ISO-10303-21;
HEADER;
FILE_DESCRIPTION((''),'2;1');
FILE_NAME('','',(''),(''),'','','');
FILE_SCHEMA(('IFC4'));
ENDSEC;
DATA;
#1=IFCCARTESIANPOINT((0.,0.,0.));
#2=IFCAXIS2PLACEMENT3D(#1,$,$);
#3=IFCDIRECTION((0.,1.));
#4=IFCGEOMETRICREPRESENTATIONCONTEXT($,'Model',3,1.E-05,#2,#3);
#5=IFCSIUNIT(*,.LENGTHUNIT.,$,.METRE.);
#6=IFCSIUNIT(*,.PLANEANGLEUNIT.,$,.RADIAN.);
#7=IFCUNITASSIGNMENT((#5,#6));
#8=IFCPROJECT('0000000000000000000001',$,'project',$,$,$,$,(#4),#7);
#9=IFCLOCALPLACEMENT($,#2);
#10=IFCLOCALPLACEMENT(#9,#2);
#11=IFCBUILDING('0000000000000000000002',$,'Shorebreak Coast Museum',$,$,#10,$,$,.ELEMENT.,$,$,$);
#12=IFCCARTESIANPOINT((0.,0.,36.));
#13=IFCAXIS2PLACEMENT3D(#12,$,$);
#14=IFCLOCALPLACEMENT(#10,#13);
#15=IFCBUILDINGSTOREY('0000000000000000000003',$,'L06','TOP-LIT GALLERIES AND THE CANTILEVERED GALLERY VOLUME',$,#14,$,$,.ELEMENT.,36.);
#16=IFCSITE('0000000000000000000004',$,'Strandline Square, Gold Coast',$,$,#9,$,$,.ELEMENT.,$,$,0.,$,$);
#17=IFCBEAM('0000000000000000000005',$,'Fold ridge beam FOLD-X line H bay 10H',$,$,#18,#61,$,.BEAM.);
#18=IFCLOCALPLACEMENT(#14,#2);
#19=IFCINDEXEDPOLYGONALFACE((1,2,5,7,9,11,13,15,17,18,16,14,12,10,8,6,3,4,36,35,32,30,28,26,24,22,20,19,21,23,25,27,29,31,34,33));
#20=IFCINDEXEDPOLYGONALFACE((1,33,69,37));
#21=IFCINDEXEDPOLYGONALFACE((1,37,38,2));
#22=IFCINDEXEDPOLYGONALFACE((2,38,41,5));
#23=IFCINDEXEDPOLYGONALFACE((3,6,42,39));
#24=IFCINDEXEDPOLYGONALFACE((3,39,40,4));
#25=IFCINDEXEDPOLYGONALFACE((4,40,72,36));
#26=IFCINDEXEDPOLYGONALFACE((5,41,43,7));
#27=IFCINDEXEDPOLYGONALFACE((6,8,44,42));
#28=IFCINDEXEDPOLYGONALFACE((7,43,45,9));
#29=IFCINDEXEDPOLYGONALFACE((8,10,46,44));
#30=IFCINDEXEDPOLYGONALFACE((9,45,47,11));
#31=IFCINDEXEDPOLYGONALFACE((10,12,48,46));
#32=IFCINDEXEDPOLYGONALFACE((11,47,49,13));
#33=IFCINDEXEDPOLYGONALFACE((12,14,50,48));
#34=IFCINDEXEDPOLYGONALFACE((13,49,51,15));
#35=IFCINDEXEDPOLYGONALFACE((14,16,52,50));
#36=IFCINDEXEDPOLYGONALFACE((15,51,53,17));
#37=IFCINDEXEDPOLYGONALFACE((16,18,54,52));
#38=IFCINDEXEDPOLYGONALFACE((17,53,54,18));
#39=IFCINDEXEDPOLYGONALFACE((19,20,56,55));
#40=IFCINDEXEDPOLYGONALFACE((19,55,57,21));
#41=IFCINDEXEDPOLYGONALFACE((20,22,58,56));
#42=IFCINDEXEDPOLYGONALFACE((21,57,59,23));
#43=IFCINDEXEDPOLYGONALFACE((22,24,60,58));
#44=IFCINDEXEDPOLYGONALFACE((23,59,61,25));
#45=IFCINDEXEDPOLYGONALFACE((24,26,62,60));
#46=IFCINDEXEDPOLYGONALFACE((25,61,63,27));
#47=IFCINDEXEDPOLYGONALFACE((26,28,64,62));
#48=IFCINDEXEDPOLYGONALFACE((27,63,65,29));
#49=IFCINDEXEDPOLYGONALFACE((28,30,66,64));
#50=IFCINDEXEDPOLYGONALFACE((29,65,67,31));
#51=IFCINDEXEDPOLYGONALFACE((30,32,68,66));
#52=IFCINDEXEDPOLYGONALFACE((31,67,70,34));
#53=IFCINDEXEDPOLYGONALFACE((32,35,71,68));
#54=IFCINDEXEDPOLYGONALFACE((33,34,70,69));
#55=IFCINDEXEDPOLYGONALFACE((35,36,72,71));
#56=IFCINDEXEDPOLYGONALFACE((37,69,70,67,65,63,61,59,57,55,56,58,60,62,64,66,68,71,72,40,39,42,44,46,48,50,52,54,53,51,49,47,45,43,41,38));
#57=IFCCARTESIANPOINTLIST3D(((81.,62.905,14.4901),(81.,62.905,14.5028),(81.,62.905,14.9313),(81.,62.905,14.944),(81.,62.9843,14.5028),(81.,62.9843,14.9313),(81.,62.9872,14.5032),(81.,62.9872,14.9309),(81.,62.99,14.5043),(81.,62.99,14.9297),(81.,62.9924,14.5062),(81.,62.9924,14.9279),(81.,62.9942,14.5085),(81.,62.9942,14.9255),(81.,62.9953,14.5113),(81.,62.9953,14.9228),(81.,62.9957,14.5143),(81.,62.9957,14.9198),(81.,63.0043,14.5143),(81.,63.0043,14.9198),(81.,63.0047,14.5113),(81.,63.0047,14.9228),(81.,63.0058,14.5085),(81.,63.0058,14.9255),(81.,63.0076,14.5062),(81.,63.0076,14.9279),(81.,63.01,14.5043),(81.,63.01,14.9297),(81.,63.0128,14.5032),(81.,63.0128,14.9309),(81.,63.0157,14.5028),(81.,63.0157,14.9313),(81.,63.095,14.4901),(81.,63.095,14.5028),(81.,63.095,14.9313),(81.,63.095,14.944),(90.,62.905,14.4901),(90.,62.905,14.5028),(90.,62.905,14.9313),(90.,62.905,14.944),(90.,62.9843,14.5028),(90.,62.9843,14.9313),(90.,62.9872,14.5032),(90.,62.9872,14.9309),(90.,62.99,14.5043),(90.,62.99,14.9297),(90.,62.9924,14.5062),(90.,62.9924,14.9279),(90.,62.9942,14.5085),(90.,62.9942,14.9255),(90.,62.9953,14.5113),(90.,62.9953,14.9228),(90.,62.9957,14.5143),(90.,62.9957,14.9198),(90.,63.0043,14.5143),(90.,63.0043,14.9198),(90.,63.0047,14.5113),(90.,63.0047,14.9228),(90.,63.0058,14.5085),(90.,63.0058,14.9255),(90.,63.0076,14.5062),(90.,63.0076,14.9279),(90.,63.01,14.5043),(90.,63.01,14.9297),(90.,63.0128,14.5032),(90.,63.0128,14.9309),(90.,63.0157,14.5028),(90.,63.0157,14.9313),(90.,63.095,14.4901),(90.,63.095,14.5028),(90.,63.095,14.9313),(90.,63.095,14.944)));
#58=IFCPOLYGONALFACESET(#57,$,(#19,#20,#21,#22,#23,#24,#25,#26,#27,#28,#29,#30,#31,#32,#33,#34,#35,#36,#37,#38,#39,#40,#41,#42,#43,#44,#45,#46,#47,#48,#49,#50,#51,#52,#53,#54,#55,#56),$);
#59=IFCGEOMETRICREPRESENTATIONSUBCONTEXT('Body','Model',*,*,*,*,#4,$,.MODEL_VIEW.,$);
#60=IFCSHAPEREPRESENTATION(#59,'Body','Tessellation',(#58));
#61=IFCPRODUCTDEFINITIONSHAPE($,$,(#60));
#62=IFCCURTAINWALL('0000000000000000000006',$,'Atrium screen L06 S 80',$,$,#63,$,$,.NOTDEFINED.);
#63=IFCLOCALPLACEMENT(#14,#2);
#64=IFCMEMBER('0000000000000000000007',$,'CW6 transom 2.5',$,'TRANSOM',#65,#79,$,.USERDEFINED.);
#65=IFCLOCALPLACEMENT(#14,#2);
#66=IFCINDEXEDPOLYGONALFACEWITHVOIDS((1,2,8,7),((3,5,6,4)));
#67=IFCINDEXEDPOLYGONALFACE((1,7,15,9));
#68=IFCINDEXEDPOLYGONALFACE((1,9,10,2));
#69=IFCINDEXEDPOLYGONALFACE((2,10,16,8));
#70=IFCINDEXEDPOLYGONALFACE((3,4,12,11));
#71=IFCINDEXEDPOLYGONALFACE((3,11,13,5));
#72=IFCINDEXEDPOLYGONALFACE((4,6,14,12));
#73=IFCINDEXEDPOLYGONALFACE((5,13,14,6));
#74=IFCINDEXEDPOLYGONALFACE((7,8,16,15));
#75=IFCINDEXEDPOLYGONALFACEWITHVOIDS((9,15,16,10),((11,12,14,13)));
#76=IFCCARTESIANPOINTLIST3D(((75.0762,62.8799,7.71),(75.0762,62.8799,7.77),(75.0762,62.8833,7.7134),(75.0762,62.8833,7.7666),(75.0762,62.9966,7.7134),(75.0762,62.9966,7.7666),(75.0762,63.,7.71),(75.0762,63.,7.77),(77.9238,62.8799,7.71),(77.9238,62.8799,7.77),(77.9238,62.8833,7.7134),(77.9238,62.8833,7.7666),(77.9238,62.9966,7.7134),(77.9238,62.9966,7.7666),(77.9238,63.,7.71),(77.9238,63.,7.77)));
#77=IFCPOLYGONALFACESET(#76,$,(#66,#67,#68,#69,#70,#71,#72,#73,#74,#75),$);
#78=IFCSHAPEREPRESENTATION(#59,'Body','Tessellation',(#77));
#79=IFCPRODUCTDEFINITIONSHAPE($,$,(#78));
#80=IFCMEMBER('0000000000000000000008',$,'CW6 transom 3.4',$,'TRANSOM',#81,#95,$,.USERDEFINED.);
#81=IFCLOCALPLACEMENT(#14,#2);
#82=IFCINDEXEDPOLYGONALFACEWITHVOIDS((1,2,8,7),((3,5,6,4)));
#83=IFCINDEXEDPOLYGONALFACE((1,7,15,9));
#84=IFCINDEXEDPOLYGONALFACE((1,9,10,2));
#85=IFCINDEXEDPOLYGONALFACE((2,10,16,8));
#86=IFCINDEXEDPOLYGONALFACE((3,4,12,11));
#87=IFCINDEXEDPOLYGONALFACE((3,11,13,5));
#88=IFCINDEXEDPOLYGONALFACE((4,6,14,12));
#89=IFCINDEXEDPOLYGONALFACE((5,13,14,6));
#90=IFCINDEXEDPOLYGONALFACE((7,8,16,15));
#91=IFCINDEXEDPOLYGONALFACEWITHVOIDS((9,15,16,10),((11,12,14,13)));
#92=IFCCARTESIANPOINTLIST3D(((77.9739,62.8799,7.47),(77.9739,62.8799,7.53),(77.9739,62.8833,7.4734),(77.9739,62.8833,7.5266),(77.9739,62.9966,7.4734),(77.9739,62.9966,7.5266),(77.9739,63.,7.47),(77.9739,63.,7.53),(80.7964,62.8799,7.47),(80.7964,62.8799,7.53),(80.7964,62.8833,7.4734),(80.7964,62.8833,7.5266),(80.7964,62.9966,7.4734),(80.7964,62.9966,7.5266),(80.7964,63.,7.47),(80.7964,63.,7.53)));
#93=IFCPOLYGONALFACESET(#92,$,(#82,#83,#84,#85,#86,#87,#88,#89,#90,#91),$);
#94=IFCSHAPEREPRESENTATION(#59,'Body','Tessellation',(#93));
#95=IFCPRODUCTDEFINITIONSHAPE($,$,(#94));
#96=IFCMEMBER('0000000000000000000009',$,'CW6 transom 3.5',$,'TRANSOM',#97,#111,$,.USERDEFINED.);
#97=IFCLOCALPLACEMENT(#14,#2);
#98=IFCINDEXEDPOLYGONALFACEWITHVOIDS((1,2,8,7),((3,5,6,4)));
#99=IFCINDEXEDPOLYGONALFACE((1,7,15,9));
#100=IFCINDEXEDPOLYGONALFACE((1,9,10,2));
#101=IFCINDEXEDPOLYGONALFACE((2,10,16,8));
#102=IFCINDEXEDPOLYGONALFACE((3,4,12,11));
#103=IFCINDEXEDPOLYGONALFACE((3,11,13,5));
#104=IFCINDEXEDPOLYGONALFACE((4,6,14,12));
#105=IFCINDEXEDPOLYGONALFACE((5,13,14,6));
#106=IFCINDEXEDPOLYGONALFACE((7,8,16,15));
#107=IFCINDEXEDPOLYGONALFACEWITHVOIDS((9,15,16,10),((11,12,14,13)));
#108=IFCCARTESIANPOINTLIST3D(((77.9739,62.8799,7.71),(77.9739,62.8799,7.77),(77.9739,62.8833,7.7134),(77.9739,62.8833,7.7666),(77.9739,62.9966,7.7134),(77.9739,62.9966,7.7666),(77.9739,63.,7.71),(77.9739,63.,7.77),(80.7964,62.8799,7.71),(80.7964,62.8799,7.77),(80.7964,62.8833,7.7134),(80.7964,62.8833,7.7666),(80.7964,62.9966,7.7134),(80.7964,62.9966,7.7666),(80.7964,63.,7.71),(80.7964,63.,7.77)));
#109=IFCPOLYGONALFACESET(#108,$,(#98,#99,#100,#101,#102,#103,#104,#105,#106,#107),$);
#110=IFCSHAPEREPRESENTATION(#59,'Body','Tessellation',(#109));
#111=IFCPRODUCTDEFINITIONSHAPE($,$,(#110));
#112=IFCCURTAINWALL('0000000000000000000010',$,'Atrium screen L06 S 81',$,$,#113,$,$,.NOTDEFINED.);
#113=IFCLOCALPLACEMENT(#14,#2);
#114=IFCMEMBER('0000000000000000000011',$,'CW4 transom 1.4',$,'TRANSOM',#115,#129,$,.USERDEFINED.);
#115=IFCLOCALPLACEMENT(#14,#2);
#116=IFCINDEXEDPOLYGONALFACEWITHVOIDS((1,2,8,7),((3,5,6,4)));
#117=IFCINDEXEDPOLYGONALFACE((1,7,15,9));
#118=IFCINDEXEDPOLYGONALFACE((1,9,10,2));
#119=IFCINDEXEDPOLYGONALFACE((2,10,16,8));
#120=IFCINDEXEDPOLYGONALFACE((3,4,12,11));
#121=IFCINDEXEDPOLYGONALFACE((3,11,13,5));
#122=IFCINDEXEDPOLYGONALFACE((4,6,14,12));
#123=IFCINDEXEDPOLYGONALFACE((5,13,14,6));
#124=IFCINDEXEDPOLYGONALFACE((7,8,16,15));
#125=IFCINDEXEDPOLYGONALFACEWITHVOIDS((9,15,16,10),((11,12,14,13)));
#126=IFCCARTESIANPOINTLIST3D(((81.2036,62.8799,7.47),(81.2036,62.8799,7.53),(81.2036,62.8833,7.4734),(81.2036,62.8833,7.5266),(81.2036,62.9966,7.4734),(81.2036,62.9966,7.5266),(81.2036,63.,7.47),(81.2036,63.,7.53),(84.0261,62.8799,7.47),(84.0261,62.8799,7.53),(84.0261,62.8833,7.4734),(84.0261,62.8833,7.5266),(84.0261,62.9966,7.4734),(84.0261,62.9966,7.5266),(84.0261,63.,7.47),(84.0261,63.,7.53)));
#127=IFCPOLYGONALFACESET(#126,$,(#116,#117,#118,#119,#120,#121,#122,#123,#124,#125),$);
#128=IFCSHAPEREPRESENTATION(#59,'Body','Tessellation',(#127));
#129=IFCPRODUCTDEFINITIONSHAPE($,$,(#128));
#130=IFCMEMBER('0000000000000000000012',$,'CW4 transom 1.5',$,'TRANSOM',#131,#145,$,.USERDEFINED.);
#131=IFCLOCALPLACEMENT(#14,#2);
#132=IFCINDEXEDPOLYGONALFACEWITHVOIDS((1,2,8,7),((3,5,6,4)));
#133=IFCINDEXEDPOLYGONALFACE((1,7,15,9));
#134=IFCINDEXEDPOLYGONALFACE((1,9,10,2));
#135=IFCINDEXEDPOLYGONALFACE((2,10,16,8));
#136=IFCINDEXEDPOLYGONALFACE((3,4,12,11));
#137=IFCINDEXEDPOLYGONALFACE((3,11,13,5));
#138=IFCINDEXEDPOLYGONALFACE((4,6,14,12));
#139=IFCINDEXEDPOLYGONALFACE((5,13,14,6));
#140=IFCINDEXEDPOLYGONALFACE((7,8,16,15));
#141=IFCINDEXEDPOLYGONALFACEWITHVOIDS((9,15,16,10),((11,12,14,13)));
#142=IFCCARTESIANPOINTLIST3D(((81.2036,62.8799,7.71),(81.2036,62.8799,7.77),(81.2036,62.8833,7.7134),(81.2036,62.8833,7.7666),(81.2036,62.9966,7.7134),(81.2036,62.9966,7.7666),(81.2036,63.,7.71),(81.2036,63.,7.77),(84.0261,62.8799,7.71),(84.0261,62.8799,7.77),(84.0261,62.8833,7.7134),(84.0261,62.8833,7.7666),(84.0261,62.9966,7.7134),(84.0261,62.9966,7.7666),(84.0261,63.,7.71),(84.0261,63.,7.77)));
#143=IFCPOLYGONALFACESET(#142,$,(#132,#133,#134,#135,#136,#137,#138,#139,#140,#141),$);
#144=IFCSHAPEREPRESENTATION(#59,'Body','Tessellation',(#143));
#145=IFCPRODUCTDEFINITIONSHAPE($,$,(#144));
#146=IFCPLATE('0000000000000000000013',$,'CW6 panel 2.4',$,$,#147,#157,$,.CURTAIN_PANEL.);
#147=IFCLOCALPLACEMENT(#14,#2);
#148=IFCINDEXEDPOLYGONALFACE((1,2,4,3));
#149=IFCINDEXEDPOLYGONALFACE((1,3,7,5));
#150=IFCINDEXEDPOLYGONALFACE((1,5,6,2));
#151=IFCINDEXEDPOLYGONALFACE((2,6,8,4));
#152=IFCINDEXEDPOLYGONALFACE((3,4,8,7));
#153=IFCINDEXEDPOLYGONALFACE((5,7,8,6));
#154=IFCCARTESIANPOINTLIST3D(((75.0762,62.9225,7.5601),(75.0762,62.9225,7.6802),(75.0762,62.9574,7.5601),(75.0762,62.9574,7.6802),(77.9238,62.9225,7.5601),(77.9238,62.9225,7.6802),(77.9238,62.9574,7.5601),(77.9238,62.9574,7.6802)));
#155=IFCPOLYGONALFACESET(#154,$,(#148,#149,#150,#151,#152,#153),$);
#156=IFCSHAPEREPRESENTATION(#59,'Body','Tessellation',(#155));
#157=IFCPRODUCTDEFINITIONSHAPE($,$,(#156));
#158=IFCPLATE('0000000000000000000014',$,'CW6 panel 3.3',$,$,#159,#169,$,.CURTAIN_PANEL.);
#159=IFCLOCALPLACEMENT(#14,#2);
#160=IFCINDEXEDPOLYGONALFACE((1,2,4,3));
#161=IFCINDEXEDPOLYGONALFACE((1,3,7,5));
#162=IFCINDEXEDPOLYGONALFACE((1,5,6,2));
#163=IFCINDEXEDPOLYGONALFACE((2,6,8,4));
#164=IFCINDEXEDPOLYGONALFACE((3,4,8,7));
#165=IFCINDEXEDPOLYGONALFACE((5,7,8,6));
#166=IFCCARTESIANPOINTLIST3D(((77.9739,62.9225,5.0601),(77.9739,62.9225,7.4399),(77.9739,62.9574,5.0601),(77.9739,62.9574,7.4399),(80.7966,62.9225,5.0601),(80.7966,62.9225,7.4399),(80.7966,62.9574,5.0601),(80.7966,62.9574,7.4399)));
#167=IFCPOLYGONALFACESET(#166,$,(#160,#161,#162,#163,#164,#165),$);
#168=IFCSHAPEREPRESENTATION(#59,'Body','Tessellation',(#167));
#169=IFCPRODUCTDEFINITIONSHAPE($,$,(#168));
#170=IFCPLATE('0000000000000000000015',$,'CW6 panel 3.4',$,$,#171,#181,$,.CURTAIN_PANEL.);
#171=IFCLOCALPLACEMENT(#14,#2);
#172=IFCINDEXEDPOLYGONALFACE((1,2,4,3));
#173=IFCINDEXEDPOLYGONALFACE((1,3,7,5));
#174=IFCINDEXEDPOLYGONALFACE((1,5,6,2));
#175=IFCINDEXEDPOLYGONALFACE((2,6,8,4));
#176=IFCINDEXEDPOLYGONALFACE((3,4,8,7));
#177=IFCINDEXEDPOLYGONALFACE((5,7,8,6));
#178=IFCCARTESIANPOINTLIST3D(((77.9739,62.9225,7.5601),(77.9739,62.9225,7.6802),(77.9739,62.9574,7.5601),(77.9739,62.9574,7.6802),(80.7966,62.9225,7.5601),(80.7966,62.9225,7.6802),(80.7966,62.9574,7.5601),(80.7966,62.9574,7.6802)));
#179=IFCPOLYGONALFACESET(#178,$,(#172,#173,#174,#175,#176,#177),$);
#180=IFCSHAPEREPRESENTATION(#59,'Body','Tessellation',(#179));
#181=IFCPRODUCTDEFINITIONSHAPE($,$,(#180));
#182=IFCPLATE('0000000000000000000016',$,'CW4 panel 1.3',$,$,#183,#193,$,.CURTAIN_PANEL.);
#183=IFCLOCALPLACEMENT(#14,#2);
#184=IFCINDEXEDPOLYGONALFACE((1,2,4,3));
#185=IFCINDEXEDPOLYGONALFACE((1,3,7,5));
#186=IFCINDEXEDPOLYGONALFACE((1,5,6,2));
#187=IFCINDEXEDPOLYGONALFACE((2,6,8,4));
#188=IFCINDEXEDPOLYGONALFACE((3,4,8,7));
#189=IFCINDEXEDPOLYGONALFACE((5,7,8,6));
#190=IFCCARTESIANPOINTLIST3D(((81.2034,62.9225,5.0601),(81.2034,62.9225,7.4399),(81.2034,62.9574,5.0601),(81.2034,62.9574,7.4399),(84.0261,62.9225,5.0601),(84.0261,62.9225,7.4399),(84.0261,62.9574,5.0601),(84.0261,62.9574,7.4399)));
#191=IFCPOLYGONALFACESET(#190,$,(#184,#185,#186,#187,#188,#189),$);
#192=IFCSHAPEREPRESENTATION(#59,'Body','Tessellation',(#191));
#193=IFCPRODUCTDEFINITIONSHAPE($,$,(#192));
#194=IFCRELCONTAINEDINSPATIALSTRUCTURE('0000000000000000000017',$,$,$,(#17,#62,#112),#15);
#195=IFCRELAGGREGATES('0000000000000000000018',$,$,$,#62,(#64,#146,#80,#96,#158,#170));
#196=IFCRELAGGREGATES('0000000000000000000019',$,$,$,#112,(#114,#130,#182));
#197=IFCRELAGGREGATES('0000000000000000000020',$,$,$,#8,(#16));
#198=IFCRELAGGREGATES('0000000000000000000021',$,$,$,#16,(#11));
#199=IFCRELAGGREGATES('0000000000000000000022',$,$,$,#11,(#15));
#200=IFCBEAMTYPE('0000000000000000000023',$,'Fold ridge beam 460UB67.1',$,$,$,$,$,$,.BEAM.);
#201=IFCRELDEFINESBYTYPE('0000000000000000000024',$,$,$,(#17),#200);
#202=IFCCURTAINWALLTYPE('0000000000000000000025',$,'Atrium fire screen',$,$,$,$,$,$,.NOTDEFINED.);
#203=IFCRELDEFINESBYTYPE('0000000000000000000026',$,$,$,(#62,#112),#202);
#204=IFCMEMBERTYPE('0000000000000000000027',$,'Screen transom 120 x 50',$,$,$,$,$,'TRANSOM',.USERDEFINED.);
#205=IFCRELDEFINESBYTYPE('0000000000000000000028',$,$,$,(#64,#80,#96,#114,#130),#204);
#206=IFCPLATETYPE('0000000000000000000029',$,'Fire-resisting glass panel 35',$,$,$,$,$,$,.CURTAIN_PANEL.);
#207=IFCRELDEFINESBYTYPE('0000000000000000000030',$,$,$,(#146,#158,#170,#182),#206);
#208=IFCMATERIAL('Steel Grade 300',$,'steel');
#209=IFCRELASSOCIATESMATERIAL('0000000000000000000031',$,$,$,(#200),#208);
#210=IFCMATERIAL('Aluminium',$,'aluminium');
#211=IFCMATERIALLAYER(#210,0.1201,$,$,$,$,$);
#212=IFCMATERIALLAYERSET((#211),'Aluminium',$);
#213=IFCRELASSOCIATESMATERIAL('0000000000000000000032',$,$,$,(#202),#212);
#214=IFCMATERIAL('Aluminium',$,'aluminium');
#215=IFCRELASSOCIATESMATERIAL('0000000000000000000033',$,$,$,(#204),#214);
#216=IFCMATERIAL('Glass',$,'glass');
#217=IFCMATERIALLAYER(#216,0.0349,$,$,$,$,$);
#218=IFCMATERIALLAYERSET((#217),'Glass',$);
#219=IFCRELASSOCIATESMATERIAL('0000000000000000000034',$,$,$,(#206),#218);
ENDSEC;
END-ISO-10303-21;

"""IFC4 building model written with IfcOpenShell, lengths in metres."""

from ifc_helpers import new_model, si_unit, direction, frame, origin, origin_2d, place, context, subcontext, project, spatial, rectangle, hollow_rectangle, i_section, extrude, material, layer, layer_set, material_profile, profile_set, type_object, element, aggregate, save


model = new_model("IFC4")

# Units and contexts
model_context = context("Model", 3, precision=1e-05, world=origin(), true_north=direction((0.0, 1.0)))
body_context = subcontext(model_context, "Body", "Model", "MODEL_VIEW")
ifc_project = project(units=[si_unit("LENGTHUNIT", "METRE"), si_unit("PLANEANGLEUNIT", "RADIAN")], contexts=[model_context])

# Site, building, storey
site_placement = place(None, origin())
site = spatial("IfcSite", under=ifc_project, at=site_placement, Name="Strandline Square, Gold Coast", CompositionType="ELEMENT", RefElevation=0.0)
building_placement = place(site_placement, origin())
building = spatial("IfcBuilding", under=site, at=building_placement, Name="Shorebreak Coast Museum", CompositionType="ELEMENT")
storey_placement = place(building_placement, frame((0.0, 0.0, 36.0)))
storey = spatial("IfcBuildingStorey", under=building, at=storey_placement, Name="L06", Description="TOP-LIT GALLERIES AND THE CANTILEVERED GALLERY VOLUME", CompositionType="ELEMENT", Elevation=36.0)

# Beam
ifc_material_1 = material(Name="Steel Grade 300", Category="steel")
ifc_material_profile_1 = material_profile(ifc_material_1, i_section(OverallWidth=0.1899, OverallDepth=0.4539, WebThickness=0.0085, FlangeThickness=0.0127, FilletRadius=0.0115, at=origin_2d()), Name="460UB67.1")
ifc_profile_set_1 = profile_set([ifc_material_profile_1], Name="Steel Grade 300")
beam_type_1 = type_object("IfcBeamType", Name="Fold ridge beam 460UB67.1", PredefinedType="BEAM", material=ifc_profile_set_1)
beam_1_placement = place(storey_placement, frame((81.0, 63.0, 14.717), z_axis=(1.0, 0.0, 0.0), x_axis=(0.0, 1.0, 0.0)))
element("IfcBeam", 1, at=beam_1_placement, inside=storey, type_object=beam_type_1, Name="Fold ridge beam FOLD-X line H bay 10H", PredefinedType="BEAM", context=body_context, shape_type="SweptSolid", body=[
    extrude(i_section(OverallWidth=0.1899, OverallDepth=0.4539, WebThickness=0.0085, FlangeThickness=0.0127, FilletRadius=0.0115, at=origin_2d()), origin(), (0.0, 0.0, 1.0), 9.0),
])

# Curtain walls, members
ifc_material_2 = material(Name="Aluminium", Category="aluminium")
ifc_layer_1 = layer(ifc_material_2, 0.1201)
ifc_layer_set_1 = layer_set([ifc_layer_1], Name="Aluminium")
curtain_wall_type = type_object("IfcCurtainWallType", Name="Atrium fire screen", PredefinedType="NOTDEFINED", material=ifc_layer_set_1)
curtain_wall_1_placement = place(storey_placement, origin())
curtain_wall_1 = element("IfcCurtainWall", 2, at=curtain_wall_1_placement, inside=storey, type_object=curtain_wall_type, Name="Atrium screen L06 S 80", PredefinedType="NOTDEFINED")
ifc_material_3 = material(Name="Aluminium", Category="aluminium")
ifc_material_profile_2 = material_profile(ifc_material_3, hollow_rectangle(XDim=0.1201, YDim=0.0601, WallThickness=0.0034, at=origin_2d()), Name="AL 60x120 RHS")
ifc_profile_set_2 = profile_set([ifc_material_profile_2], Name="Aluminium")
member_type_1 = type_object("IfcMemberType", Name="Screen transom 120 x 50", ElementType="TRANSOM", PredefinedType="USERDEFINED", material=ifc_profile_set_2)
member_1_placement = place(storey_placement, frame((75.0762, 62.9399, 7.74), z_axis=(1.0, 0.0, 0.0), x_axis=(0.0, 1.0, 0.0)))
member_1 = element("IfcMember", 3, at=member_1_placement, type_object=member_type_1, Name="CW6 transom 2.5", ObjectType="TRANSOM", PredefinedType="USERDEFINED", context=body_context, shape_type="SweptSolid", body=[
    extrude(hollow_rectangle(XDim=0.1201, YDim=0.0601, WallThickness=0.0034, at=origin_2d()), origin(), (0.0, 0.0, 1.0), 2.8477),
])
member_2_placement = place(storey_placement, frame((77.9739, 62.9399, 7.5), z_axis=(1.0, 0.0, 0.0), x_axis=(0.0, 1.0, 0.0)))
member_2 = element("IfcMember", 4, at=member_2_placement, type_object=member_type_1, Name="CW6 transom 3.4", ObjectType="TRANSOM", PredefinedType="USERDEFINED", context=body_context, shape_type="SweptSolid", body=[
    extrude(hollow_rectangle(XDim=0.1201, YDim=0.0601, WallThickness=0.0034, at=origin_2d()), origin(), (0.0, 0.0, 1.0), 2.8225),
])
member_3_placement = place(storey_placement, frame((77.9739, 62.9399, 7.74), z_axis=(1.0, 0.0, 0.0), x_axis=(0.0, 1.0, 0.0)))
member_3 = element("IfcMember", 5, at=member_3_placement, type_object=member_type_1, Name="CW6 transom 3.5", ObjectType="TRANSOM", PredefinedType="USERDEFINED", context=body_context, shape_type="SweptSolid", body=[
    extrude(hollow_rectangle(XDim=0.1201, YDim=0.0601, WallThickness=0.0034, at=origin_2d()), origin(), (0.0, 0.0, 1.0), 2.8225),
])
curtain_wall_2_placement = place(storey_placement, origin())
curtain_wall_2 = element("IfcCurtainWall", 6, at=curtain_wall_2_placement, inside=storey, type_object=curtain_wall_type, Name="Atrium screen L06 S 81", PredefinedType="NOTDEFINED")
member_4_placement = place(storey_placement, frame((81.2036, 62.9399, 7.5), z_axis=(1.0, 0.0, 0.0), x_axis=(0.0, 1.0, 0.0)))
member_4 = element("IfcMember", 7, at=member_4_placement, type_object=member_type_1, Name="CW4 transom 1.4", ObjectType="TRANSOM", PredefinedType="USERDEFINED", context=body_context, shape_type="SweptSolid", body=[
    extrude(hollow_rectangle(XDim=0.1201, YDim=0.0601, WallThickness=0.0034, at=origin_2d()), origin(), (0.0, 0.0, 1.0), 2.8225),
])
member_5_placement = place(storey_placement, frame((81.2036, 62.9399, 7.74), z_axis=(1.0, 0.0, 0.0), x_axis=(0.0, 1.0, 0.0)))
member_5 = element("IfcMember", 8, at=member_5_placement, type_object=member_type_1, Name="CW4 transom 1.5", ObjectType="TRANSOM", PredefinedType="USERDEFINED", context=body_context, shape_type="SweptSolid", body=[
    extrude(hollow_rectangle(XDim=0.1201, YDim=0.0601, WallThickness=0.0034, at=origin_2d()), origin(), (0.0, 0.0, 1.0), 2.8225),
])

# Plates
ifc_material_4 = material(Name="Glass", Category="glass")
ifc_layer_2 = layer(ifc_material_4, 0.0349)
ifc_layer_set_2 = layer_set([ifc_layer_2], Name="Glass")
plate_type = type_object("IfcPlateType", Name="Fire-resisting glass panel 35", PredefinedType="CURTAIN_PANEL", material=ifc_layer_set_2)
plate_1_placement = place(storey_placement, frame((76.5, 62.9399, 7.5601), z_axis=(0.0, 0.0, 1.0), x_axis=(1.0, 0.0, 0.0)))
plate_1 = element("IfcPlate", 9, at=plate_1_placement, type_object=plate_type, Name="CW6 panel 2.4", PredefinedType="CURTAIN_PANEL", context=body_context, shape_type="SweptSolid", body=[
    extrude(rectangle(XDim=2.8477, YDim=0.0349, at=origin_2d()), origin(), (0.0, 0.0, 1.0), 0.1201),
])
plate_2_placement = place(storey_placement, frame((79.3853, 62.9399, 5.0601), z_axis=(0.0, 0.0, 1.0), x_axis=(1.0, 0.0, 0.0)))
plate_2 = element("IfcPlate", 10, at=plate_2_placement, type_object=plate_type, Name="CW6 panel 3.3", PredefinedType="CURTAIN_PANEL", context=body_context, shape_type="SweptSolid", body=[
    extrude(rectangle(XDim=2.8228, YDim=0.0349, at=origin_2d()), origin(), (0.0, 0.0, 1.0), 2.3799),
])
plate_3_placement = place(storey_placement, frame((79.3853, 62.9399, 7.5601), z_axis=(0.0, 0.0, 1.0), x_axis=(1.0, 0.0, 0.0)))
plate_3 = element("IfcPlate", 11, at=plate_3_placement, type_object=plate_type, Name="CW6 panel 3.4", PredefinedType="CURTAIN_PANEL", context=body_context, shape_type="SweptSolid", body=[
    extrude(rectangle(XDim=2.8228, YDim=0.0349, at=origin_2d()), origin(), (0.0, 0.0, 1.0), 0.1201),
])
aggregate(curtain_wall_1, [member_1, plate_1, member_2, member_3, plate_2, plate_3])
plate_4_placement = place(storey_placement, frame((82.6147, 62.9399, 5.0601), z_axis=(0.0, 0.0, 1.0), x_axis=(1.0, 0.0, 0.0)))
plate_4 = element("IfcPlate", 12, at=plate_4_placement, type_object=plate_type, Name="CW4 panel 1.3", PredefinedType="CURTAIN_PANEL", context=body_context, shape_type="SweptSolid", body=[
    extrude(rectangle(XDim=2.8228, YDim=0.0349, at=origin_2d()), origin(), (0.0, 0.0, 1.0), 2.3799),
])
aggregate(curtain_wall_2, [member_4, member_5, plate_4])

save(model, "model.ifc")
